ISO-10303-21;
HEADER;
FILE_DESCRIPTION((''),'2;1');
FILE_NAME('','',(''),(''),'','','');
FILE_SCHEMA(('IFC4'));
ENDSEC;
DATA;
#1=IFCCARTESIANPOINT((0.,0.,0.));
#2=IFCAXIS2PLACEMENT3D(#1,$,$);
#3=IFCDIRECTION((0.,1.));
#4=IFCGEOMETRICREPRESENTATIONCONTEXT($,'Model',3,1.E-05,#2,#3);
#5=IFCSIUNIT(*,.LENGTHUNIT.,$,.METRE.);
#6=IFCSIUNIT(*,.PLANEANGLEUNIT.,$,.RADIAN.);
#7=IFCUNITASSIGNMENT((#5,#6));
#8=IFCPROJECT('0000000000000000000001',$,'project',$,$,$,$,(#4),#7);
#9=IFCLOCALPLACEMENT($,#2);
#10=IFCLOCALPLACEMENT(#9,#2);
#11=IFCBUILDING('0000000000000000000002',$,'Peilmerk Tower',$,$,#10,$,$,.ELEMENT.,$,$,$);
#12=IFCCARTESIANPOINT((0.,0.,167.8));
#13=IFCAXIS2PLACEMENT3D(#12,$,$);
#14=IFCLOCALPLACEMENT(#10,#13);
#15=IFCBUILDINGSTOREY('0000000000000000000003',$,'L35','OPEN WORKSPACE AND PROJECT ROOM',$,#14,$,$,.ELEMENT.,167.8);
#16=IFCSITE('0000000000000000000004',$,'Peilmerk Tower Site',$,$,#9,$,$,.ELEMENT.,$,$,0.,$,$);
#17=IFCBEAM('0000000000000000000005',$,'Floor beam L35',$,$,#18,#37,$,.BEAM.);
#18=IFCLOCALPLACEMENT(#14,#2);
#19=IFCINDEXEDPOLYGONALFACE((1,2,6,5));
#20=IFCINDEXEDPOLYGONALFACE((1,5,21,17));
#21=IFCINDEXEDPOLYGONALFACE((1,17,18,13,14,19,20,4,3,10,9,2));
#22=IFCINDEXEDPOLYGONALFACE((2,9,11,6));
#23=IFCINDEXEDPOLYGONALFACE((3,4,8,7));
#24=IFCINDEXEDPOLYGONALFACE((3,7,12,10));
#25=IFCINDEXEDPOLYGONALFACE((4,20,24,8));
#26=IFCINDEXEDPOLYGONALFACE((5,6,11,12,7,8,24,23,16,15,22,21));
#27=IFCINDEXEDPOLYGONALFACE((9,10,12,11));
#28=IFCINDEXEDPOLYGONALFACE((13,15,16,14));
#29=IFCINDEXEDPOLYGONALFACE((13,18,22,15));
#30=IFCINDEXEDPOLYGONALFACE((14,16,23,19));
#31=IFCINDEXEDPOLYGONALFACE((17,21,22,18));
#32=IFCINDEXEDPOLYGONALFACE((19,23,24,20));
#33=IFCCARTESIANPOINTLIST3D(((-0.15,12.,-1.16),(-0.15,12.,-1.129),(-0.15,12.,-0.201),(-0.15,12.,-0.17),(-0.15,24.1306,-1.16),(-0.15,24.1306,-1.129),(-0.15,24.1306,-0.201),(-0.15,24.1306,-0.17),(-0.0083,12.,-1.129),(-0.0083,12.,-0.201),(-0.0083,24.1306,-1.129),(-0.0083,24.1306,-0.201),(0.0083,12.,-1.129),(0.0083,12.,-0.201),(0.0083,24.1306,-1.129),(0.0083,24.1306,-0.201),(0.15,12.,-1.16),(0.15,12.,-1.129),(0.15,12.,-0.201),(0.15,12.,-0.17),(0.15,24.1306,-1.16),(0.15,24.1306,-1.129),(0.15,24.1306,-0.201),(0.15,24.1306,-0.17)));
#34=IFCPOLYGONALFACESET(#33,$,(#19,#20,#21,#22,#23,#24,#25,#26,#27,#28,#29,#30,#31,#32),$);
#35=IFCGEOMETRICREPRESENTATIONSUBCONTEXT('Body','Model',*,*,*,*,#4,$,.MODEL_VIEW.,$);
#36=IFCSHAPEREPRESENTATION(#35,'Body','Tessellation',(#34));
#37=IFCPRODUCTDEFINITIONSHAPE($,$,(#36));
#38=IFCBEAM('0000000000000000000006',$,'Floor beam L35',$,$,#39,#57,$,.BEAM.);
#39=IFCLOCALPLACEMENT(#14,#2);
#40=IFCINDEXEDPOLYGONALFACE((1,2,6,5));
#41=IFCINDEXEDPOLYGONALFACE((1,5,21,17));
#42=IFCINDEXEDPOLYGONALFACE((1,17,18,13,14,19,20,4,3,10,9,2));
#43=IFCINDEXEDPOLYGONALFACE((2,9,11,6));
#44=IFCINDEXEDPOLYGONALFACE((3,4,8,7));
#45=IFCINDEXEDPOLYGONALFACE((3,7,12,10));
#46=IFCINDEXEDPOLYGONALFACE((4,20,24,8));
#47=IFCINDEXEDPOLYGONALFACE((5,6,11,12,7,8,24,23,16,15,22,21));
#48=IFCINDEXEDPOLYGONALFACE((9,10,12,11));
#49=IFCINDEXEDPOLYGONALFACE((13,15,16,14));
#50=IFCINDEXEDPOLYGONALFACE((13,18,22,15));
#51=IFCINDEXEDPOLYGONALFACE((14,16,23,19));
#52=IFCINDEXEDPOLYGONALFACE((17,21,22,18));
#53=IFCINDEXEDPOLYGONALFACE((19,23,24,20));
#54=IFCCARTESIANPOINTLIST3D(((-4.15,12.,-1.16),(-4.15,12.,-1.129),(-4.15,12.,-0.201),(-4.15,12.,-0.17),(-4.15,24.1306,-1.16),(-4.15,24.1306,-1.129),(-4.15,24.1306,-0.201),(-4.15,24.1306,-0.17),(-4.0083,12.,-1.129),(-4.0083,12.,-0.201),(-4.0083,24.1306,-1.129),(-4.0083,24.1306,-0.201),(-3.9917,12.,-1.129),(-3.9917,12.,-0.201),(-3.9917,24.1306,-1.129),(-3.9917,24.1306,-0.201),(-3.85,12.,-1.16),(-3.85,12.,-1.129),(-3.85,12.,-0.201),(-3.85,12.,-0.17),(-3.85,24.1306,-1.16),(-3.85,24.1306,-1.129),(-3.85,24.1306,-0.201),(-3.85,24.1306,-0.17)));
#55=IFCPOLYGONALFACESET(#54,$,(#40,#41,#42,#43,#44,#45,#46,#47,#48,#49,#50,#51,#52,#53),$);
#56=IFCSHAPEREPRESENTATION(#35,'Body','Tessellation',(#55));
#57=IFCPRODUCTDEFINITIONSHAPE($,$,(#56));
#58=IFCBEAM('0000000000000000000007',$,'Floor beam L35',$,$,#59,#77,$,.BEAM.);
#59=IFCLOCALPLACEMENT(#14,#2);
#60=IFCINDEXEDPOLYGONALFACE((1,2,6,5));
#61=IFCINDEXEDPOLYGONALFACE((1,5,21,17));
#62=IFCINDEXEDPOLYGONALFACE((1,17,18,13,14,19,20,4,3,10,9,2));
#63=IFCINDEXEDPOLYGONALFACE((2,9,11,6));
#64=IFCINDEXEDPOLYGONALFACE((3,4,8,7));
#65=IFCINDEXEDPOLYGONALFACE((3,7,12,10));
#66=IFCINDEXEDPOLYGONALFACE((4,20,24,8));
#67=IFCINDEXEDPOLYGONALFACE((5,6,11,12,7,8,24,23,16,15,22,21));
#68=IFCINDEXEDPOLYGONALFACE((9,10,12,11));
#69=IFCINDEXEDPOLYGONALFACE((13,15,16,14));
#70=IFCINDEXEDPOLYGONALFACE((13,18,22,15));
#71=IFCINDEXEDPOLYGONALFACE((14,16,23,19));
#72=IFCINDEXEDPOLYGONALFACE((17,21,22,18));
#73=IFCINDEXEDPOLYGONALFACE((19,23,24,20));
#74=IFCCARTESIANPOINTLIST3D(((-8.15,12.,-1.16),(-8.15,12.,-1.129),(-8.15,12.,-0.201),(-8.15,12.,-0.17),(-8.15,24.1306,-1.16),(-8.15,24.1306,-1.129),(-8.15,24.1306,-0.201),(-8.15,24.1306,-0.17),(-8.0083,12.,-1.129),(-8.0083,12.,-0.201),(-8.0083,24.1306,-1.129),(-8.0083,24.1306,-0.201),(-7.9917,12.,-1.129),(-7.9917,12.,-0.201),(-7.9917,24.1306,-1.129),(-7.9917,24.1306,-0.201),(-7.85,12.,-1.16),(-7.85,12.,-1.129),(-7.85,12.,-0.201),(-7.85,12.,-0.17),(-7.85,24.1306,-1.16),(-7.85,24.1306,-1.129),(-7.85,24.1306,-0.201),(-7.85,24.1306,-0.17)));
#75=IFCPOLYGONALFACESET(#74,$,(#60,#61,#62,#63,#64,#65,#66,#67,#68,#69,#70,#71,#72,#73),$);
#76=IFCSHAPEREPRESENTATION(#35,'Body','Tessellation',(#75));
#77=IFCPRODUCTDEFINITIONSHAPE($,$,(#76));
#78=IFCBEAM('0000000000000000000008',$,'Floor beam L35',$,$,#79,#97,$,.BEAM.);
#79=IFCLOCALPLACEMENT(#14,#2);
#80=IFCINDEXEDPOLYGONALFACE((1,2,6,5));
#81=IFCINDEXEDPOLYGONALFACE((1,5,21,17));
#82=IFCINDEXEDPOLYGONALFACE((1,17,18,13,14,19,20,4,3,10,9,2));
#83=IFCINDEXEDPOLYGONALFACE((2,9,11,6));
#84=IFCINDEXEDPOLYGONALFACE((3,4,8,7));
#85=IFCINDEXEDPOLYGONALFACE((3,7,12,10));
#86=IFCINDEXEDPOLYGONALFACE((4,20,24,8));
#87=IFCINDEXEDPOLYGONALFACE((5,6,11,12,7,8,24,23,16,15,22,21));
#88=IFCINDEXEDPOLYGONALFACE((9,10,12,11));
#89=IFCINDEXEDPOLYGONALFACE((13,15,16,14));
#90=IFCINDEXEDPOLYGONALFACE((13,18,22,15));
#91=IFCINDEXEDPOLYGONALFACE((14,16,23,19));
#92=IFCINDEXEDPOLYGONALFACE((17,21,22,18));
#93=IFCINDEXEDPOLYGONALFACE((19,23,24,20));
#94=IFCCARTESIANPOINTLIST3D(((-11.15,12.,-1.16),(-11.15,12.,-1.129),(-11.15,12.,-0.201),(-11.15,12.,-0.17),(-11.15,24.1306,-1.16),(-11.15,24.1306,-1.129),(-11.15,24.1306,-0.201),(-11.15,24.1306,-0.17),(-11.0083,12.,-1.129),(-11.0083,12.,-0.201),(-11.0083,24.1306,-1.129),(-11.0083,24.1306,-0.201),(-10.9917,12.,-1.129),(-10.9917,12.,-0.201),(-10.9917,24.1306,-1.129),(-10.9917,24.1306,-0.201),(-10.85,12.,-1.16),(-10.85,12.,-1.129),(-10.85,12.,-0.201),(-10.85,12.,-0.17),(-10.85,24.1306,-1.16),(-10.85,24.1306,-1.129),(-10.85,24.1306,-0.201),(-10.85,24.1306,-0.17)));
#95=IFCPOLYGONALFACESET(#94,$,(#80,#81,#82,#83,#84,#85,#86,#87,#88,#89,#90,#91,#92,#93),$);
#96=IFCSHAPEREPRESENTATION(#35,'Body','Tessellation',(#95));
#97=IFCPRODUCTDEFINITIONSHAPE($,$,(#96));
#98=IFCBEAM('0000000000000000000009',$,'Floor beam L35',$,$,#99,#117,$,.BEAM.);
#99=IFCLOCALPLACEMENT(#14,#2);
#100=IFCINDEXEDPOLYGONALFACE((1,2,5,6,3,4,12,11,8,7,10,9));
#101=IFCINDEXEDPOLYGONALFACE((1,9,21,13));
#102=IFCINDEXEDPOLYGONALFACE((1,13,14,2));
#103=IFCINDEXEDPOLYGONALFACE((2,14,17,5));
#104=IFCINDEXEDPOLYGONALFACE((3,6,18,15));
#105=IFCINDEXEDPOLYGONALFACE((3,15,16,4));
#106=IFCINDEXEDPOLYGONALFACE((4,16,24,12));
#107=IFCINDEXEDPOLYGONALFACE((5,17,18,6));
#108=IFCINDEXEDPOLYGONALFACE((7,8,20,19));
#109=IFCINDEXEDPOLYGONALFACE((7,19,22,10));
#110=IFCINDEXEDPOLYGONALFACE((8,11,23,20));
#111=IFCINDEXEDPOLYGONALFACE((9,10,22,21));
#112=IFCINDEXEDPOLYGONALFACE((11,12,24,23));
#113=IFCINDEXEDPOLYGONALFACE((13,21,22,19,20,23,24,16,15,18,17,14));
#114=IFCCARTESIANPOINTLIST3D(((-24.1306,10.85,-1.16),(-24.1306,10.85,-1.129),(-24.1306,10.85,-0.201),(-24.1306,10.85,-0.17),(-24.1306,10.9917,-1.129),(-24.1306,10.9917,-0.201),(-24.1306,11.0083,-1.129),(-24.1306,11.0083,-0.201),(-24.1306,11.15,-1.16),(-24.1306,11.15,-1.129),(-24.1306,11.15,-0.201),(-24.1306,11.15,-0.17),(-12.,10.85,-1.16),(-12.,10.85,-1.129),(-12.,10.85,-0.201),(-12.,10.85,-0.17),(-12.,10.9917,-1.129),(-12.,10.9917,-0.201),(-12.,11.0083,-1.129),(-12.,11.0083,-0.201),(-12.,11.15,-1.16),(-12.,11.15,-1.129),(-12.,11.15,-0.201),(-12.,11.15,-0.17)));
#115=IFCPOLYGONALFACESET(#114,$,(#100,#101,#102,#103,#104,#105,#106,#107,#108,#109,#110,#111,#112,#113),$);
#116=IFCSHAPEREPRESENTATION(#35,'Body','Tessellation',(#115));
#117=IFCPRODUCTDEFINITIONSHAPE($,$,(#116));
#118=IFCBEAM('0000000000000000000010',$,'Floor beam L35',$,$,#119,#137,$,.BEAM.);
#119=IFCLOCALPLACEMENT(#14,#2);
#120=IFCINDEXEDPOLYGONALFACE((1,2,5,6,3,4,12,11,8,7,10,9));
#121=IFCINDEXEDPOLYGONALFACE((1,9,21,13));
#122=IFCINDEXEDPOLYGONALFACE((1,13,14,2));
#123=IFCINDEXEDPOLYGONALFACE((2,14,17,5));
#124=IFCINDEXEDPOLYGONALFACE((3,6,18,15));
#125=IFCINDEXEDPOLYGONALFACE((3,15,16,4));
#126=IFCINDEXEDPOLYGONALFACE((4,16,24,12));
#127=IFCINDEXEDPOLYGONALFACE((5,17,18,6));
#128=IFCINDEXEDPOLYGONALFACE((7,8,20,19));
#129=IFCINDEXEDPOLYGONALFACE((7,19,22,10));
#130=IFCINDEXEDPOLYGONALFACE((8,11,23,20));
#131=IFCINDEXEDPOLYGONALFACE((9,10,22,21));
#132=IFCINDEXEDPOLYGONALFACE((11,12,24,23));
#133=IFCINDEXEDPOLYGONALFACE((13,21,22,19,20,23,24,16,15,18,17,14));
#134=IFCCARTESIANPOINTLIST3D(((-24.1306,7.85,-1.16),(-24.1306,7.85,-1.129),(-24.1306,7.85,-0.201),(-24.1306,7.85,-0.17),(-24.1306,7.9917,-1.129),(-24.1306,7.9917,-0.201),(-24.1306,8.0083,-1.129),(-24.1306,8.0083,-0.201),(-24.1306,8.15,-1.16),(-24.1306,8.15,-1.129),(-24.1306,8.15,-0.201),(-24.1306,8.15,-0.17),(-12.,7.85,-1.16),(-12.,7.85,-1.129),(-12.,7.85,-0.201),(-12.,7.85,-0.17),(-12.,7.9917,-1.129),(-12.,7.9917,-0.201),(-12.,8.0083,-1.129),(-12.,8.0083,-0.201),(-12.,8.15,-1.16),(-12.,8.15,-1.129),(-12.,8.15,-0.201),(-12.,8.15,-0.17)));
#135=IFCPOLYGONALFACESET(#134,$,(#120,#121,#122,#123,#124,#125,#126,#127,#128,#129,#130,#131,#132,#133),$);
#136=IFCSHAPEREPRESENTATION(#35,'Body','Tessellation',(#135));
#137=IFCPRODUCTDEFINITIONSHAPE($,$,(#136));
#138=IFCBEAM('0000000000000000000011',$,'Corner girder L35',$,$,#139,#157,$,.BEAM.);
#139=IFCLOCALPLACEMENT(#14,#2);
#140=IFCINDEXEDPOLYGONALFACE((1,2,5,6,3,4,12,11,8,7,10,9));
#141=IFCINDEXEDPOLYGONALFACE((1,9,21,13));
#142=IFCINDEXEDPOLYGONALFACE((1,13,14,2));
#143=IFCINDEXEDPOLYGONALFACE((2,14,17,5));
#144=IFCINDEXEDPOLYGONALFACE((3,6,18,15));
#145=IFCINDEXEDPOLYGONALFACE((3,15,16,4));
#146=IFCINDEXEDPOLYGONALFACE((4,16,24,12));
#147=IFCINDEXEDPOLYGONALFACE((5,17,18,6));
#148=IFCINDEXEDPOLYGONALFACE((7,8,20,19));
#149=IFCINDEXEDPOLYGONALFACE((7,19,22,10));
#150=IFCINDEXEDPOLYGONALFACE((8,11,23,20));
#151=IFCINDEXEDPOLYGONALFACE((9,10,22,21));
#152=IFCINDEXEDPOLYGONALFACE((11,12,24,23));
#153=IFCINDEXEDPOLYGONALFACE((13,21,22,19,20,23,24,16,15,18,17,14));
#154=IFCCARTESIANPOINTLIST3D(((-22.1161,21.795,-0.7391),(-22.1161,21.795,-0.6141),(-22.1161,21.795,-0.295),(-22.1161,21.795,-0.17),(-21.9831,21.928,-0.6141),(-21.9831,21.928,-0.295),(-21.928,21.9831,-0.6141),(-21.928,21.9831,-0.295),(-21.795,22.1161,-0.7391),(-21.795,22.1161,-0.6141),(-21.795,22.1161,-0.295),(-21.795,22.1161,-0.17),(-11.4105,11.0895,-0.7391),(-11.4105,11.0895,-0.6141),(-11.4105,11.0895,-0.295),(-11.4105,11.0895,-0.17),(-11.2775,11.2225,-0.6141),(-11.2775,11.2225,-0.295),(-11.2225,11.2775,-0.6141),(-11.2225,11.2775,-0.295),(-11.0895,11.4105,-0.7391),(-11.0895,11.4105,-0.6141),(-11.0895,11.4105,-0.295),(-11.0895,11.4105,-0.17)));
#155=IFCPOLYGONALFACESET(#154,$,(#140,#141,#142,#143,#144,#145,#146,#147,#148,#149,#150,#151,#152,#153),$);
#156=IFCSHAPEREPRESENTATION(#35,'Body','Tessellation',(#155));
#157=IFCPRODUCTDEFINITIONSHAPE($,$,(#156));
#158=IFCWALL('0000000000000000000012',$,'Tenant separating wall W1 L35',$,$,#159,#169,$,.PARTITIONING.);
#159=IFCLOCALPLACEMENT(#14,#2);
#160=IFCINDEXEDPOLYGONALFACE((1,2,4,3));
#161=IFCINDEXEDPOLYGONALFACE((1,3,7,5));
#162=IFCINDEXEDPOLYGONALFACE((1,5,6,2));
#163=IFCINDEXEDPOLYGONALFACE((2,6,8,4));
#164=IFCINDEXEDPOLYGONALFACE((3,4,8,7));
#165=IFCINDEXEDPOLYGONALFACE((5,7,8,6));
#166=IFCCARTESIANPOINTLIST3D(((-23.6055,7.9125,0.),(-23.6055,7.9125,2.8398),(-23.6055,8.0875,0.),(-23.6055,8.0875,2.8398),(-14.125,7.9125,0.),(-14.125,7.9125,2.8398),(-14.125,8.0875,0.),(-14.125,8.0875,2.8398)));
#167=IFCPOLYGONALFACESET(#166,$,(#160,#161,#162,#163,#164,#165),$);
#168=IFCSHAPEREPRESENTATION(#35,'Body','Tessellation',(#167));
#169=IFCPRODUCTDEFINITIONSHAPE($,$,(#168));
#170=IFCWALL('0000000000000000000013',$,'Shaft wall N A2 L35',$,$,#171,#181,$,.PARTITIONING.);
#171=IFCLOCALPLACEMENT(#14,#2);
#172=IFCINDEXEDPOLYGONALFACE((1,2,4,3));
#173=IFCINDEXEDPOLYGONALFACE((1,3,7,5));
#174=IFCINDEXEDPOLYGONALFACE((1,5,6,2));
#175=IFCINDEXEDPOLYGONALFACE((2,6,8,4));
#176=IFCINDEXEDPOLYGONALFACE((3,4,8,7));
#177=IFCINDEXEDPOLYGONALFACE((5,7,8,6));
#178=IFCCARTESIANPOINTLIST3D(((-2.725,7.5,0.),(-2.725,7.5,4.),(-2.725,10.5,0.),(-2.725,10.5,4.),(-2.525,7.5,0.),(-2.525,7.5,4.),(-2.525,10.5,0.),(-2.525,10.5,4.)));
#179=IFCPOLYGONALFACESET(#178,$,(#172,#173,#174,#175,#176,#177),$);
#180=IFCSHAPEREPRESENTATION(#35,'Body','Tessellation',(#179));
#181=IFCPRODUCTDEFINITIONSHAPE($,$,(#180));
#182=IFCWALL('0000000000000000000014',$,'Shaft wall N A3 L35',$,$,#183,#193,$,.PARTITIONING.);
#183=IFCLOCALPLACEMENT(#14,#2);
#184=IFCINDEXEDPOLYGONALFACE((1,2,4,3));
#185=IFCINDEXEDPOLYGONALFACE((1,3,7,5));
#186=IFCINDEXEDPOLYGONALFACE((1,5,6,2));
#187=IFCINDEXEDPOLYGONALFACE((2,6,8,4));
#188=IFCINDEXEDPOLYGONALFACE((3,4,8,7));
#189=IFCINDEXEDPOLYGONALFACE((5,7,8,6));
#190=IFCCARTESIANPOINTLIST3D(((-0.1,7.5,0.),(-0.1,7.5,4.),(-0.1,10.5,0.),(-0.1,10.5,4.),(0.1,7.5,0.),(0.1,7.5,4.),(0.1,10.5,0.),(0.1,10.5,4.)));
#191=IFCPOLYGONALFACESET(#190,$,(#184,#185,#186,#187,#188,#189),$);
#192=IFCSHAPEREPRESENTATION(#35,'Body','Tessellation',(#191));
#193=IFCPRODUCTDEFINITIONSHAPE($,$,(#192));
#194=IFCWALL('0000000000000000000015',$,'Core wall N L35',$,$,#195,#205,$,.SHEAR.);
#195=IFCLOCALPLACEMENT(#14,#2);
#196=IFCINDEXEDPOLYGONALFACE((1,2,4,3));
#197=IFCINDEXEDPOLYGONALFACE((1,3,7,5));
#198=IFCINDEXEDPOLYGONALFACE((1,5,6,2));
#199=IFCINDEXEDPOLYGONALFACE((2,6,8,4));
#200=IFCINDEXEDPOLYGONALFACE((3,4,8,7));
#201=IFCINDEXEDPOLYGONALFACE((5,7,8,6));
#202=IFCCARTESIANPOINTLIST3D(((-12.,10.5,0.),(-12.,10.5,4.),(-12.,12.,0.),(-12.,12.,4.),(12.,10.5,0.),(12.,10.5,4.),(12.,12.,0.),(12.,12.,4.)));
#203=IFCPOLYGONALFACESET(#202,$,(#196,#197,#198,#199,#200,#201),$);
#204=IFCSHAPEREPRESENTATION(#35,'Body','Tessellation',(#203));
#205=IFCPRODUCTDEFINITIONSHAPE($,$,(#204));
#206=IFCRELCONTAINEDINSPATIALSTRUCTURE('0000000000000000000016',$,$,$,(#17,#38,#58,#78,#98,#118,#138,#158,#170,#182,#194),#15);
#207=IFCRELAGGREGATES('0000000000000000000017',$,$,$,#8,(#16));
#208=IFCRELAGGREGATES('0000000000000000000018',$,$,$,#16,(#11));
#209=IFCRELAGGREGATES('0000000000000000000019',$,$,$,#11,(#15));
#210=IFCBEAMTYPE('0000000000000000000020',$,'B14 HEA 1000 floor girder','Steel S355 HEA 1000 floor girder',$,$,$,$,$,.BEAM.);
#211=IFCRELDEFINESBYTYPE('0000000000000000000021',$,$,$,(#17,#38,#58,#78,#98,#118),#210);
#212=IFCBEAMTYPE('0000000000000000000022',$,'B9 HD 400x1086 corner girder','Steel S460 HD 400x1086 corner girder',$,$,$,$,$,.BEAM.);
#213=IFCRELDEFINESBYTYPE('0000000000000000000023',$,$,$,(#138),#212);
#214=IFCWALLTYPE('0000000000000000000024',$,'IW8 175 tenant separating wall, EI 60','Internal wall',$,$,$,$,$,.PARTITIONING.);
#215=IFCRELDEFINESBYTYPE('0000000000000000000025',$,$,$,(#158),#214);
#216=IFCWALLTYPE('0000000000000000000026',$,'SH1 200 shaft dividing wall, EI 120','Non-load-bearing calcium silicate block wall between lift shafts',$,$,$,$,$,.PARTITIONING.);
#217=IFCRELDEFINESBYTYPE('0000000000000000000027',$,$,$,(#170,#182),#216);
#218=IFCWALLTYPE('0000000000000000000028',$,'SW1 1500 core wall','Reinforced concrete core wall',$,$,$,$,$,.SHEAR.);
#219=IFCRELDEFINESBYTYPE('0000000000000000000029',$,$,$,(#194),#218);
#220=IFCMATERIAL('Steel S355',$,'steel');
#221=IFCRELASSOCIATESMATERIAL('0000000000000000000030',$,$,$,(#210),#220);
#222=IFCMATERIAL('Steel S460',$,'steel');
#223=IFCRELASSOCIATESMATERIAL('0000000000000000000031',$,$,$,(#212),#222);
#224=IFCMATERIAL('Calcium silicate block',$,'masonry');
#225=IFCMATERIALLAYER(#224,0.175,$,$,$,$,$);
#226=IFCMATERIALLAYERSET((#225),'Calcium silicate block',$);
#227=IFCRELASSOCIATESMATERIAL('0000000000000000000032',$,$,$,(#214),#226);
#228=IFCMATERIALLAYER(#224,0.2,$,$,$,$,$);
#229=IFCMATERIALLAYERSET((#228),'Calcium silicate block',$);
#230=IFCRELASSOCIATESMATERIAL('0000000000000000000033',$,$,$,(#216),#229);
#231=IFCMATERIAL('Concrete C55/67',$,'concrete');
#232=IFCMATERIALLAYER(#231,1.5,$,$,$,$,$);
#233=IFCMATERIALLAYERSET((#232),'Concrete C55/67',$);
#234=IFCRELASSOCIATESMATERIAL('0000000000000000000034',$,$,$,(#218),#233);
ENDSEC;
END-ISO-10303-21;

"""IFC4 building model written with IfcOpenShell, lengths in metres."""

from ifc_helpers import new_model, si_unit, direction, frame, frame_2d, origin, origin_2d, place, context, subcontext, project, spatial, rectangle, i_section, extrude, material, layer, layer_set, material_profile, profile_set, type_object, element, save


model = new_model("IFC4")

# Units and contexts
model_context = context("Model", 3, precision=1e-05, world=origin(), true_north=direction((0.0, 1.0)))
body_context = subcontext(model_context, "Body", "Model", "MODEL_VIEW")
ifc_project = project(units=[si_unit("LENGTHUNIT", "METRE"), si_unit("PLANEANGLEUNIT", "RADIAN")], contexts=[model_context])

# Site, building, storey
site_placement = place(None, origin())
site = spatial("IfcSite", under=ifc_project, at=site_placement, Name="Peilmerk Tower Site", CompositionType="ELEMENT", RefElevation=0.0)
building_placement = place(site_placement, origin())
building = spatial("IfcBuilding", under=site, at=building_placement, Name="Peilmerk Tower", CompositionType="ELEMENT")
storey_placement = place(building_placement, frame((0.0, 0.0, 167.8)))
storey = spatial("IfcBuildingStorey", under=building, at=storey_placement, Name="L35", Description="OPEN WORKSPACE AND PROJECT ROOM", CompositionType="ELEMENT", Elevation=167.8)

# Beams
ifc_material_1 = material(Name="Steel S355", Category="steel")
ifc_material_profile_1 = material_profile(ifc_material_1, i_section(OverallWidth=0.3, OverallDepth=0.99, WebThickness=0.0166, FlangeThickness=0.031, at=origin_2d()), Name="HEA 1000")
ifc_profile_set_1 = profile_set([ifc_material_profile_1], Name="Steel S355")
beam_type_1 = type_object("IfcBeamType", Name="B14 HEA 1000 floor girder", Description="Steel S355 HEA 1000 floor girder", PredefinedType="BEAM", material=ifc_profile_set_1)
for number, where, z_axis, x_axis, name in (
    (1, (0.0, 12.0, -0.665), (0.0, 1.0, 0.0), (-1.0, 0.0, 0.0), "Floor beam L35"),
    (2, (-4.0, 12.0, -0.665), (0.0, 1.0, 0.0), (-1.0, 0.0, 0.0), "Floor beam L35"),
    (3, (-8.0, 12.0, -0.665), (0.0, 1.0, 0.0), (-1.0, 0.0, 0.0), "Floor beam L35"),
    (4, (-11.0, 12.0, -0.665), (0.0, 1.0, 0.0), (-1.0, 0.0, 0.0), "Floor beam L35"),
    (5, (-12.0, 11.0, -0.665), (-1.0, 0.0, 0.0), (0.0, -1.0, 0.0), "Floor beam L35"),
    (6, (-12.0, 8.0, -0.665), (-1.0, 0.0, 0.0), (0.0, -1.0, 0.0), "Floor beam L35"),
):
    element("IfcBeam", number, at=place(storey_placement, frame(where, z_axis=z_axis, x_axis=x_axis)), inside=storey, type_object=beam_type_1, Name=name, PredefinedType="BEAM", context=body_context, shape_type="SweptSolid", body=[
        extrude(i_section(OverallWidth=0.3, OverallDepth=0.99, WebThickness=0.0166, FlangeThickness=0.031, at=origin_2d()), origin(), (0.0, 0.0, 1.0), 12.1306),
    ])
ifc_material_2 = material(Name="Steel S460", Category="steel")
ifc_material_profile_2 = material_profile(ifc_material_2, i_section(OverallWidth=0.4541, OverallDepth=0.5691, WebThickness=0.0779, FlangeThickness=0.125, at=origin_2d()), Name="HD 400x1086")
ifc_profile_set_2 = profile_set([ifc_material_profile_2], Name="Steel S460")
beam_type_2 = type_object("IfcBeamType", Name="B9 HD 400x1086 corner girder", Description="Steel S460 HD 400x1086 corner girder", PredefinedType="BEAM", material=ifc_profile_set_2)
beam_placement = place(storey_placement, frame((-11.25, 11.25, -0.4546), z_axis=(-0.707107, 0.707107, 0.0), x_axis=(-0.707107, -0.707107, 0.0)))
element("IfcBeam", 7, at=beam_placement, inside=storey, type_object=beam_type_2, Name="Corner girder L35", PredefinedType="BEAM", context=body_context, shape_type="SweptSolid", body=[
    extrude(i_section(OverallWidth=0.4541, OverallDepth=0.5691, WebThickness=0.0779, FlangeThickness=0.125, at=origin_2d()), origin(), (0.0, 0.0, 1.0), 15.1399),
])

# Walls
ifc_material_3 = material(Name="Calcium silicate block", Category="masonry")
ifc_layer_1 = layer(ifc_material_3, 0.175)
ifc_layer_set_1 = layer_set([ifc_layer_1], Name="Calcium silicate block")
wall_type_1 = type_object("IfcWallType", Name="IW8 175 tenant separating wall, EI 60", Description="Internal wall", PredefinedType="PARTITIONING", material=ifc_layer_set_1)
wall_1_placement = place(storey_placement, frame((-14.125, 8.0, 0.0), z_axis=(0.0, 0.0, 1.0), x_axis=(-1.0, 0.0, 0.0)))
element("IfcWall", 8, at=wall_1_placement, inside=storey, type_object=wall_type_1, Name="Tenant separating wall W1 L35", PredefinedType="PARTITIONING", context=body_context, shape_type="SweptSolid", body=[
    extrude(rectangle(XDim=9.4805, YDim=0.175, at=frame_2d((4.7402, 0.0))), origin(), (0.0, 0.0, 1.0), 2.8398),
])
ifc_layer_2 = layer(ifc_material_3, 0.2)
ifc_layer_set_2 = layer_set([ifc_layer_2], Name="Calcium silicate block")
wall_type_2 = type_object("IfcWallType", Name="SH1 200 shaft dividing wall, EI 120", Description="Non-load-bearing calcium silicate block wall between lift shafts", PredefinedType="PARTITIONING", material=ifc_layer_set_2)
for number, where, z_axis, x_axis, name in (
    (9, (-2.625, 7.5, 0.0), (0.0, 0.0, 1.0), (0.0, 1.0, 0.0), "Shaft wall N A2 L35"),
    (10, (0.0, 7.5, 0.0), (0.0, 0.0, 1.0), (0.0, 1.0, 0.0), "Shaft wall N A3 L35"),
):
    element("IfcWall", number, at=place(storey_placement, frame(where, z_axis=z_axis, x_axis=x_axis)), inside=storey, type_object=wall_type_2, Name=name, PredefinedType="PARTITIONING", context=body_context, shape_type="SweptSolid", body=[
        extrude(rectangle(XDim=3.0, YDim=0.2, at=frame_2d((1.5, 0.0))), origin(), (0.0, 0.0, 1.0), 4.0),
    ])
ifc_material_4 = material(Name="Concrete C55/67", Category="concrete")
ifc_layer_3 = layer(ifc_material_4, 1.5)
ifc_layer_set_3 = layer_set([ifc_layer_3], Name="Concrete C55/67")
wall_type_3 = type_object("IfcWallType", Name="SW1 1500 core wall", Description="Reinforced concrete core wall", PredefinedType="SHEAR", material=ifc_layer_set_3)
wall_2_placement = place(storey_placement, frame((-12.0, 11.25, 0.0), z_axis=(0.0, 0.0, 1.0), x_axis=(1.0, 0.0, 0.0)))
element("IfcWall", 11, at=wall_2_placement, inside=storey, type_object=wall_type_3, Name="Core wall N L35", PredefinedType="SHEAR", context=body_context, shape_type="SweptSolid", body=[
    extrude(rectangle(XDim=24.0, YDim=1.5, at=frame_2d((12.0, 0.0))), origin(), (0.0, 0.0, 1.0), 4.0),
])

save(model, "model.ifc")
